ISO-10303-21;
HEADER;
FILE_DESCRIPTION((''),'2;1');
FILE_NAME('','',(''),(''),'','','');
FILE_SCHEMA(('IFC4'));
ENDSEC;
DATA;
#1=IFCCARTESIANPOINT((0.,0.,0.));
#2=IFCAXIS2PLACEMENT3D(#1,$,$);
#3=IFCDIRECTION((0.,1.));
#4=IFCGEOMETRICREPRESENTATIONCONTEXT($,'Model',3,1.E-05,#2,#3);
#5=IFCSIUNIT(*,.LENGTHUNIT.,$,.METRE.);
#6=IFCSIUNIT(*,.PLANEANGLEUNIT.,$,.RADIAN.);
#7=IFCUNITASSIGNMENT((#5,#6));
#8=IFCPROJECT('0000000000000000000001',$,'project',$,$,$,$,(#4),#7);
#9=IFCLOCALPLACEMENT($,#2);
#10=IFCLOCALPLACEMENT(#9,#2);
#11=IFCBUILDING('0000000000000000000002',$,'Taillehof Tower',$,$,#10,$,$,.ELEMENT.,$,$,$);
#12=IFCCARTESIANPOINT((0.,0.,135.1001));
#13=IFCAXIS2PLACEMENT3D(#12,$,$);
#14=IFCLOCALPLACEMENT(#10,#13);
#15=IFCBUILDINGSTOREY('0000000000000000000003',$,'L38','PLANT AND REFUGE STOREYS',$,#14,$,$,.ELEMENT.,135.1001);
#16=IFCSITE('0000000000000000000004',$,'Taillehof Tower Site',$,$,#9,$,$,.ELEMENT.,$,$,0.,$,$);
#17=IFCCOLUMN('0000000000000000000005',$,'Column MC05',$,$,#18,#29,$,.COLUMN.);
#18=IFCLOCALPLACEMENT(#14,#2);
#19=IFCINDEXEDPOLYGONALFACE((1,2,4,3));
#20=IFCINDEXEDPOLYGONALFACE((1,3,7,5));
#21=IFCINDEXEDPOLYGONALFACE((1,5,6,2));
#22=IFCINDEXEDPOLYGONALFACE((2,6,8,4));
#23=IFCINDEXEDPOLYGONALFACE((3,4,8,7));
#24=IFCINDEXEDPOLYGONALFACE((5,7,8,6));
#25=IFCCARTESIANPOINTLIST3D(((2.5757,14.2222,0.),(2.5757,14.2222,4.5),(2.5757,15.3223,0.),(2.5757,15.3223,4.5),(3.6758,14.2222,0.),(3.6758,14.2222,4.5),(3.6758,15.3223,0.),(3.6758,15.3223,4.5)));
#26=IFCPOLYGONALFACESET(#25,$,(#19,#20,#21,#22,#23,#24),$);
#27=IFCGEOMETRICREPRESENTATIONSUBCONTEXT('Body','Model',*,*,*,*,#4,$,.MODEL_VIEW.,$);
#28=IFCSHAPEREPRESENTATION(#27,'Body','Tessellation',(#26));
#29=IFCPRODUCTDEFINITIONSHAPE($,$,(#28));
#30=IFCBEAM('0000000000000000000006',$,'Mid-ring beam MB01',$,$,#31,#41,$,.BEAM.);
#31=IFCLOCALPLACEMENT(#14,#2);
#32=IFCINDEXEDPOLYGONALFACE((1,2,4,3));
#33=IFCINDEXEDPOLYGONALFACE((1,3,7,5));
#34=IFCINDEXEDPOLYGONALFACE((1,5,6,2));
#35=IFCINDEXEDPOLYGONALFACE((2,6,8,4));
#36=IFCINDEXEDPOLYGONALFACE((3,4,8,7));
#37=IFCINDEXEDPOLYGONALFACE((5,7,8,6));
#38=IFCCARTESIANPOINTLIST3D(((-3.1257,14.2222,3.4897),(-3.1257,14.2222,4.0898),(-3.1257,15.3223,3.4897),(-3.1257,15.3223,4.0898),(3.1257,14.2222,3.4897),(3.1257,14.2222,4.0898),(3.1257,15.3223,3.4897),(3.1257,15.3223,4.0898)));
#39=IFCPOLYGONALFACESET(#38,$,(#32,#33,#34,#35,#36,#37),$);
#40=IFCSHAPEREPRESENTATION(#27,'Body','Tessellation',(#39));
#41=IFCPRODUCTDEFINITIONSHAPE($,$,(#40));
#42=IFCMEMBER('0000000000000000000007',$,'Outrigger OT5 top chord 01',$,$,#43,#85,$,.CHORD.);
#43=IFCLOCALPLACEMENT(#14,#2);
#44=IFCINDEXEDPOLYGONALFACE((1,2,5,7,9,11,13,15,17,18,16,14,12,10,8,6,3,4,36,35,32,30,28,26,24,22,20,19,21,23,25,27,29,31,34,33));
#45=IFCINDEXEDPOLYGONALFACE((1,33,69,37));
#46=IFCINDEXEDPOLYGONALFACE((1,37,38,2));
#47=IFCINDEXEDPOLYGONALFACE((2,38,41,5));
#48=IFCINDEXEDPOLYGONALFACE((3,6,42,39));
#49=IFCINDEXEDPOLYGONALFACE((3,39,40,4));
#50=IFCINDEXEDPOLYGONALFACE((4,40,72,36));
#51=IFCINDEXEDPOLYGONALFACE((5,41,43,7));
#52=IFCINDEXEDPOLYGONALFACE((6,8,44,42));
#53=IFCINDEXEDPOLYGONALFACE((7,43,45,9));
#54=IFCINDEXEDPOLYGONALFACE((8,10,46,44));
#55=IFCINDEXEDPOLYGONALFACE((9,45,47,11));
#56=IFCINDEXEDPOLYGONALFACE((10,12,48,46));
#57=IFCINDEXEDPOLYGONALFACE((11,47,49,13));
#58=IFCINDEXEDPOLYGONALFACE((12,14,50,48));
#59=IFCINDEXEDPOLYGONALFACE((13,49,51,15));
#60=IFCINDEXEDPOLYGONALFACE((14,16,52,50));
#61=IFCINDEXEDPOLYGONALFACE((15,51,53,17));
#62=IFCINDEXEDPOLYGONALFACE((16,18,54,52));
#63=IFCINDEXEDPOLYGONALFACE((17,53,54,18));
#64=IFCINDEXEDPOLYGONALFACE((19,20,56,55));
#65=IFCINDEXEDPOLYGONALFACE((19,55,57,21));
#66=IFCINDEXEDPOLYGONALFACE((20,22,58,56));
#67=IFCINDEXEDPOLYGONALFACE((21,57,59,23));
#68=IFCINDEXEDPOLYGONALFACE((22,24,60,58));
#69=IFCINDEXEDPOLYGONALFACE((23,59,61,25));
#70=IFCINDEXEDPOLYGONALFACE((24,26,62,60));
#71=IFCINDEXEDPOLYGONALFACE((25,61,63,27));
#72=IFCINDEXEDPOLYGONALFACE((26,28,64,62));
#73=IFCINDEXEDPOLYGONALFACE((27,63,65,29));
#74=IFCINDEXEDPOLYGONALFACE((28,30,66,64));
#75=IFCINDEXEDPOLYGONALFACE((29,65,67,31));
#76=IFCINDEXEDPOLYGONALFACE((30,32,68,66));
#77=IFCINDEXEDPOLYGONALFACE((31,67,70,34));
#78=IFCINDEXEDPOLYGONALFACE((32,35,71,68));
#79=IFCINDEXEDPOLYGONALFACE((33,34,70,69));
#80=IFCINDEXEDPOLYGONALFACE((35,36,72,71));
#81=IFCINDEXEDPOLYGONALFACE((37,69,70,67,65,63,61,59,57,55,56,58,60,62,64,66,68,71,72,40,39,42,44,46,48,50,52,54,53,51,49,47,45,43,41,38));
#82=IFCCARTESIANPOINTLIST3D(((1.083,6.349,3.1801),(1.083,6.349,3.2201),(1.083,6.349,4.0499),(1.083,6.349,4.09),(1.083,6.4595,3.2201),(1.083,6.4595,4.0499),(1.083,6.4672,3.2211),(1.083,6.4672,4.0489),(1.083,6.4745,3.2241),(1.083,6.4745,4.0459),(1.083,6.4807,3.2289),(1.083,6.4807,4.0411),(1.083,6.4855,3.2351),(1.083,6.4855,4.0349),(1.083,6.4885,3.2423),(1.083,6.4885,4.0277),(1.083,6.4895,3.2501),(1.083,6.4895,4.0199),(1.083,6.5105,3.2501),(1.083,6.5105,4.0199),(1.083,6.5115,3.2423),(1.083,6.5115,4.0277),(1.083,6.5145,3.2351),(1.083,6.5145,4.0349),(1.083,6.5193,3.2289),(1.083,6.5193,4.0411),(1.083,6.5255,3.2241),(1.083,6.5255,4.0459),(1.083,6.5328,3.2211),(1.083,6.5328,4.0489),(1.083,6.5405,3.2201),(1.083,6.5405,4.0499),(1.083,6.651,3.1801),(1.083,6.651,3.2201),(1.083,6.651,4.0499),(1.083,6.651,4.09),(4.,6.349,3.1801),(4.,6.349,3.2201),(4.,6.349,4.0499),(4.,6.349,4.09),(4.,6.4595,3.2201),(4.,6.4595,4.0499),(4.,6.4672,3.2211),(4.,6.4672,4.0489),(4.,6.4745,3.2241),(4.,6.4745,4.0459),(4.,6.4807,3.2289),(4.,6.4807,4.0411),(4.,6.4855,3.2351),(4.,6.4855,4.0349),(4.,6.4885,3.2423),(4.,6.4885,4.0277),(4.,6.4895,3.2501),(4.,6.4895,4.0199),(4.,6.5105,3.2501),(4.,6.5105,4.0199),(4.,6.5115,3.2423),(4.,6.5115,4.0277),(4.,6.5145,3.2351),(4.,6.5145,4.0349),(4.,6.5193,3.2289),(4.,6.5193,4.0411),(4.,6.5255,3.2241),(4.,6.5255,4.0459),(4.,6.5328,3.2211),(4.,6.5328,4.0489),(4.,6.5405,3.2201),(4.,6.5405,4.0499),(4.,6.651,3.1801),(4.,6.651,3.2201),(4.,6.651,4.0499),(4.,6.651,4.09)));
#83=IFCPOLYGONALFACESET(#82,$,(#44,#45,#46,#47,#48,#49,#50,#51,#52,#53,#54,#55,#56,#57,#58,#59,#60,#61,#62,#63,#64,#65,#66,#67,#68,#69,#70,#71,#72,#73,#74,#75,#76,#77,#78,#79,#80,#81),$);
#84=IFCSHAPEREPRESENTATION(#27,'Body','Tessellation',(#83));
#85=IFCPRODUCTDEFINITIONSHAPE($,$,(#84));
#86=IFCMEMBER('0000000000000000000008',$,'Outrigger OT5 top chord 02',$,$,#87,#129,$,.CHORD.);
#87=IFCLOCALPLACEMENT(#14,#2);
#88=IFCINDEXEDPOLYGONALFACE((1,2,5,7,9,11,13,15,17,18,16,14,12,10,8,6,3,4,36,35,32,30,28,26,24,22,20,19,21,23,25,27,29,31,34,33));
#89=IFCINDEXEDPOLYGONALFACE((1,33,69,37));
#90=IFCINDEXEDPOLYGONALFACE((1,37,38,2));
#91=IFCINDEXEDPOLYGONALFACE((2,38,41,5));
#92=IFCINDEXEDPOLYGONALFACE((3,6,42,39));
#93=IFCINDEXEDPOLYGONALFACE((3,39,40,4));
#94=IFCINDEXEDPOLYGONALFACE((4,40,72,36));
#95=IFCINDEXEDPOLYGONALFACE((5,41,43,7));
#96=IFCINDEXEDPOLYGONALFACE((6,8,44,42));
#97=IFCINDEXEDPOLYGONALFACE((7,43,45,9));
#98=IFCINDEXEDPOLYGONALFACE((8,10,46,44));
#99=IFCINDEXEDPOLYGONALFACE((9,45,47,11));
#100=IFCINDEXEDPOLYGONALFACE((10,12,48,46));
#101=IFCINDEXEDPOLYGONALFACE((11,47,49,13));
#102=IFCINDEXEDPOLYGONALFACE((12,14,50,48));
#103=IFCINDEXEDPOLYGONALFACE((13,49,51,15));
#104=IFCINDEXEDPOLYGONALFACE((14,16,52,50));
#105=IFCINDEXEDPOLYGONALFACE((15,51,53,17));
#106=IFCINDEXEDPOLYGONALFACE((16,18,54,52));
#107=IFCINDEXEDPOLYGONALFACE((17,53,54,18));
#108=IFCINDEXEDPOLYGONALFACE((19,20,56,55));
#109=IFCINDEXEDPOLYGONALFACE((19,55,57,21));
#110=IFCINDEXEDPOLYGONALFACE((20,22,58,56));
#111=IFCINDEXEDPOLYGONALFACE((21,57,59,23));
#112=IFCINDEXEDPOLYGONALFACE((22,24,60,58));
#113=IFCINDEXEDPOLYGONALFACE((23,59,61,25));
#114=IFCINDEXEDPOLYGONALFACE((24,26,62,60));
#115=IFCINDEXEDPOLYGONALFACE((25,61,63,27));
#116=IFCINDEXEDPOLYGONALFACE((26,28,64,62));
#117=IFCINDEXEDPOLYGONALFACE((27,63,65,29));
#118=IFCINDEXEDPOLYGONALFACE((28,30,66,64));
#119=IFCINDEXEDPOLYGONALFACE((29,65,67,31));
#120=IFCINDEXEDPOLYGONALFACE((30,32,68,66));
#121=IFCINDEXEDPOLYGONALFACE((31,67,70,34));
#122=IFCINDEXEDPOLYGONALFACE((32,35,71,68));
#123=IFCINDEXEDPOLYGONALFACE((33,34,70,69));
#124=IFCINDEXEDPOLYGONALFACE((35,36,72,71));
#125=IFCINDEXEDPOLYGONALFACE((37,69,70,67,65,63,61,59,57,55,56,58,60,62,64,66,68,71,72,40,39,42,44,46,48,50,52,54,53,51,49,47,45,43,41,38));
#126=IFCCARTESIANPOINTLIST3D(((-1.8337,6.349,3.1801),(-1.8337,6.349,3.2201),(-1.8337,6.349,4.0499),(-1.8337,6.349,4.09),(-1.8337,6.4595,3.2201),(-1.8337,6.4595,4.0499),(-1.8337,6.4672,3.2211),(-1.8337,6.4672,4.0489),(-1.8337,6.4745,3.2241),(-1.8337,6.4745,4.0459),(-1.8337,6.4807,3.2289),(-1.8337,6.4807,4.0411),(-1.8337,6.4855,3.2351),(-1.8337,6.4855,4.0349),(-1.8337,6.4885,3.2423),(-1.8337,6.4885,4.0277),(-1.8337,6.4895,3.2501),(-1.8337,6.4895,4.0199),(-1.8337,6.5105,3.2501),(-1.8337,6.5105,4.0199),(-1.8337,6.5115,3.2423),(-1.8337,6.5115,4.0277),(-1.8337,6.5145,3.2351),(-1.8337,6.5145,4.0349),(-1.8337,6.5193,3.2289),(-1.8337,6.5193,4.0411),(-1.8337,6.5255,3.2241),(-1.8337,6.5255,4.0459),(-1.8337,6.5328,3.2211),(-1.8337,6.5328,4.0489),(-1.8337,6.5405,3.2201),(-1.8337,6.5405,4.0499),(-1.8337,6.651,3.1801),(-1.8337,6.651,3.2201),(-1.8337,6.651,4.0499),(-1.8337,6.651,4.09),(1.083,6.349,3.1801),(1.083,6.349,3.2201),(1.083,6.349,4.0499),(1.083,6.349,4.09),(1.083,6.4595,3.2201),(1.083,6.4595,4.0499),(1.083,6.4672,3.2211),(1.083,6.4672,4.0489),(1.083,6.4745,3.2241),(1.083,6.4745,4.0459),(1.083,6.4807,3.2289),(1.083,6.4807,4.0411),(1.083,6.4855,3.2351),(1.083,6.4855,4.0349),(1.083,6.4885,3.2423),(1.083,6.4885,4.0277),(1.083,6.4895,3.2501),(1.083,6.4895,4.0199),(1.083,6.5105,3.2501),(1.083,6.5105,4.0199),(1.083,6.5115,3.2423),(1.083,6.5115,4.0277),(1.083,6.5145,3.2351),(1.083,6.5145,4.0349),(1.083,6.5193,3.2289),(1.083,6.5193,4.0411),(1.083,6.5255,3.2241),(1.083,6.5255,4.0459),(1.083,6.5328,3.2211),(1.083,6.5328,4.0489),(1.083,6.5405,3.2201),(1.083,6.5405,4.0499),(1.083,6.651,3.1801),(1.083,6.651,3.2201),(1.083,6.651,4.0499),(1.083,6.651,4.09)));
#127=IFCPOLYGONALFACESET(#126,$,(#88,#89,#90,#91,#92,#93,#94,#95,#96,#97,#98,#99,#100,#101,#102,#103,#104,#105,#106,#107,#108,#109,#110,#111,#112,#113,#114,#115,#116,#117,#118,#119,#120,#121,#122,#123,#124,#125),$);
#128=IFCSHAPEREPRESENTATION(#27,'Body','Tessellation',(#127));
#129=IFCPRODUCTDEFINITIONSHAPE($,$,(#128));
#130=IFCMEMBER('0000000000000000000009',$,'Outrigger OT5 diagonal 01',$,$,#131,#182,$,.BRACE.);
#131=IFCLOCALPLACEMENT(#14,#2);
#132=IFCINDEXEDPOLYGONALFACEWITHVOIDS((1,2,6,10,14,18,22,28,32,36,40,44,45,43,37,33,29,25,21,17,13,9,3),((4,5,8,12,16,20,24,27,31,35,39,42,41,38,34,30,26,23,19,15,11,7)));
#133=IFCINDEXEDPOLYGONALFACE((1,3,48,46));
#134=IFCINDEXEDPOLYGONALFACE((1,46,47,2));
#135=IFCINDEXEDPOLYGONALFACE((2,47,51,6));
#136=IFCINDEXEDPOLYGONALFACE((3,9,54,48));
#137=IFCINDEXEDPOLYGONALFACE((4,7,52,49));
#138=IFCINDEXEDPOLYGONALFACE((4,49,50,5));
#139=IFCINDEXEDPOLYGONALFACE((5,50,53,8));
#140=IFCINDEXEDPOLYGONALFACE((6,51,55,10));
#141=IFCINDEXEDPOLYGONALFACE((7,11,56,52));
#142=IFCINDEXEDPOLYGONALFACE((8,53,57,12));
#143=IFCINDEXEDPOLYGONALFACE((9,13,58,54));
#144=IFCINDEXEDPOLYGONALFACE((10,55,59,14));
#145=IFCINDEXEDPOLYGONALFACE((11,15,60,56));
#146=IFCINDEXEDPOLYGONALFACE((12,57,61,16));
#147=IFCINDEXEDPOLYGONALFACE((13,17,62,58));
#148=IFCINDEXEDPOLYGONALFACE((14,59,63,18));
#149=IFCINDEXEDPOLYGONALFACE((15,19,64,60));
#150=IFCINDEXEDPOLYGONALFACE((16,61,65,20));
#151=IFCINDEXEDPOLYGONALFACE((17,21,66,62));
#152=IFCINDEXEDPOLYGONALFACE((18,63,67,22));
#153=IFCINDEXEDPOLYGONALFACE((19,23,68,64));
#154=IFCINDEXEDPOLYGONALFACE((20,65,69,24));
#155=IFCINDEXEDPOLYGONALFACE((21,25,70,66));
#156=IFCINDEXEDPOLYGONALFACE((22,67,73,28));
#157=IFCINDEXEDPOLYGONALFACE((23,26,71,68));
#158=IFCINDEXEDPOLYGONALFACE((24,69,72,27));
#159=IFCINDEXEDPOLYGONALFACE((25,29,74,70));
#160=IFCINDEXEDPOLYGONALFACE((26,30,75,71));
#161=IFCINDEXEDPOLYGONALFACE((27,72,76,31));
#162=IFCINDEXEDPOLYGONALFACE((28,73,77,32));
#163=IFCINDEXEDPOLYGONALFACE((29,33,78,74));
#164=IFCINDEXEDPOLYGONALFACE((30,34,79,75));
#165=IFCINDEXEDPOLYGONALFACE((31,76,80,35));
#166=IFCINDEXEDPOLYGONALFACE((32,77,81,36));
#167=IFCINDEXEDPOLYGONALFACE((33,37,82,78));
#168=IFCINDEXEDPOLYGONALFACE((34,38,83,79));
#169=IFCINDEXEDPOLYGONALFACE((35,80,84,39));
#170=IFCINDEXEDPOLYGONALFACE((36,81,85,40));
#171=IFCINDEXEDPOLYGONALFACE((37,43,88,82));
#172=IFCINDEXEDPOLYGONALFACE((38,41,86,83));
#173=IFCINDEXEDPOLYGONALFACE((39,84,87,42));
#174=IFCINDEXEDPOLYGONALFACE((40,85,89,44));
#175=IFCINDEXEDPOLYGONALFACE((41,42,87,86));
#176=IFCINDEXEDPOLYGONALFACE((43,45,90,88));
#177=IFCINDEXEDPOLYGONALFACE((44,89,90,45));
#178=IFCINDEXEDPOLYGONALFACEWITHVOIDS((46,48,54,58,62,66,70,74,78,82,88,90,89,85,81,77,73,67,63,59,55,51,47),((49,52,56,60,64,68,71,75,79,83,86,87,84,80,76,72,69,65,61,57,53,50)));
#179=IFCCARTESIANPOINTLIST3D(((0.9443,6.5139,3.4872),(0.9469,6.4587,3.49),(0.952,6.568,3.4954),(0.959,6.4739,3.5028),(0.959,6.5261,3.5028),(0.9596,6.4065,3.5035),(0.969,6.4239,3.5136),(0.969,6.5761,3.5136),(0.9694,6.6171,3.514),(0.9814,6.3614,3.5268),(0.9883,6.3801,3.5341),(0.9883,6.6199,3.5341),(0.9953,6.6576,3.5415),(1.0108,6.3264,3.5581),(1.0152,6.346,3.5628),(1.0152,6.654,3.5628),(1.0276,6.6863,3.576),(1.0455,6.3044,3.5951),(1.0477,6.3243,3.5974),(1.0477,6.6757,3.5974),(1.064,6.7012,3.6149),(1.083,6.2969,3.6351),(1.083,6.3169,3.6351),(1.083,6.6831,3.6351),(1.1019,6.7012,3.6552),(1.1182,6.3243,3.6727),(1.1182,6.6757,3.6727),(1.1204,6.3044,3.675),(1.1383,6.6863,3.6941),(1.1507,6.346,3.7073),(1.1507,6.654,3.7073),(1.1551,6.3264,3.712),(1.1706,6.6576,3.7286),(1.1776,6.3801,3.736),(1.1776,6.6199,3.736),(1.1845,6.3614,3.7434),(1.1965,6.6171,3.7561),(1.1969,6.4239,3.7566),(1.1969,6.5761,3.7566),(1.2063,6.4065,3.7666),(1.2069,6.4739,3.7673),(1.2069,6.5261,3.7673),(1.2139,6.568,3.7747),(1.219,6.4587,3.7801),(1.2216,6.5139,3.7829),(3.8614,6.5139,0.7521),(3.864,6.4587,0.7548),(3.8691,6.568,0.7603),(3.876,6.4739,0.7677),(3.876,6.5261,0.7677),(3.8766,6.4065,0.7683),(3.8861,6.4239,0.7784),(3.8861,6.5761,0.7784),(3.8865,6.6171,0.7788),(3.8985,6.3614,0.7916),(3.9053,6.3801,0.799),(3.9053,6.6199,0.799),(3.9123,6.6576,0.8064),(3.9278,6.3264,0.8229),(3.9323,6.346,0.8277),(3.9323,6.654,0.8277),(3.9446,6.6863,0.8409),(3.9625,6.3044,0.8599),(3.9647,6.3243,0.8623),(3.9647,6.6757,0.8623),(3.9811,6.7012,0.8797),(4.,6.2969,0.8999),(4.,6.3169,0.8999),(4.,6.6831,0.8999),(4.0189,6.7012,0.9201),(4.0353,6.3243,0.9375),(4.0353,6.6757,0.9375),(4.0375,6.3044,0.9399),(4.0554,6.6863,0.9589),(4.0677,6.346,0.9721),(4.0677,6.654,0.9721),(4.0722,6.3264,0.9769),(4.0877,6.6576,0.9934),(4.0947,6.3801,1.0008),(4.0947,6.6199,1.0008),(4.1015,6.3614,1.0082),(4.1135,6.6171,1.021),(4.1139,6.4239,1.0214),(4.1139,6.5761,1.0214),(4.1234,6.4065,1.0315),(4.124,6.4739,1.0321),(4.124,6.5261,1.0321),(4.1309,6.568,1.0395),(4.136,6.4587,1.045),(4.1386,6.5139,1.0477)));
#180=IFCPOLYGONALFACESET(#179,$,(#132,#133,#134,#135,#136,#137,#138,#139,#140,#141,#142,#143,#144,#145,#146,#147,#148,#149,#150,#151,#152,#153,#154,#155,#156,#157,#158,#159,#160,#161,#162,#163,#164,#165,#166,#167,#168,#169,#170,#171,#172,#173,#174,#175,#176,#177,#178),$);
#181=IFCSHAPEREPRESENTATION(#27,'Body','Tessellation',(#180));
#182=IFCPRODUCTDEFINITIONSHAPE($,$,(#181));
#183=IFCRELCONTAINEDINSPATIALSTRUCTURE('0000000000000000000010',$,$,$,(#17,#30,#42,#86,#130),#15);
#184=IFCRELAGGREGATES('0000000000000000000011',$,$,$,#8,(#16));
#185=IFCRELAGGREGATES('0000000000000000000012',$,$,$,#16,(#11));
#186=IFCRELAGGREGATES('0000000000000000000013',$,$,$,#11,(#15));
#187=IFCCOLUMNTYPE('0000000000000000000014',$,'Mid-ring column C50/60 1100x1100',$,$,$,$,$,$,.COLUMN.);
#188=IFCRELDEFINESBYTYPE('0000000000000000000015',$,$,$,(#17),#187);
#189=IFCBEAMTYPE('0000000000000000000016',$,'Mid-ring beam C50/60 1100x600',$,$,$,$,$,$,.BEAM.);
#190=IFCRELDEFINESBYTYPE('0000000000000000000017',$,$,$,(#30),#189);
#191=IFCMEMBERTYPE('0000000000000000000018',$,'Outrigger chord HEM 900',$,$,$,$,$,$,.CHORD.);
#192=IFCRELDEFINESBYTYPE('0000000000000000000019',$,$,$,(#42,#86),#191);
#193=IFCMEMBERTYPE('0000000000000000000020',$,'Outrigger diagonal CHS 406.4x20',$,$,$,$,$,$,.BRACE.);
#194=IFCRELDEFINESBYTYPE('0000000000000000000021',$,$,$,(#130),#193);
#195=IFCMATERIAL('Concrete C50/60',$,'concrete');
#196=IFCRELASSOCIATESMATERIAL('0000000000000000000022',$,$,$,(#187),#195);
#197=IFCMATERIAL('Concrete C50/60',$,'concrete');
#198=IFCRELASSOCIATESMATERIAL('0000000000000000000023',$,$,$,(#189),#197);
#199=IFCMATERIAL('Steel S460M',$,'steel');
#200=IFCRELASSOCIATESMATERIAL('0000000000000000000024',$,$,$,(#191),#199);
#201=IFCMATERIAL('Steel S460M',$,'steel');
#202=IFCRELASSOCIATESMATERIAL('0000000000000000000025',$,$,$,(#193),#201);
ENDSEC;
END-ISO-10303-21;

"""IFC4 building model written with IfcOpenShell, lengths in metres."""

from ifc_helpers import new_model, si_unit, direction, frame, origin, origin_2d, place, context, subcontext, project, spatial, rectangle, hollow_circle, i_section, extrude, material, material_profile, profile_set, type_object, element, save


model = new_model("IFC4")

# Units and contexts
model_context = context("Model", 3, precision=1e-05, world=origin(), true_north=direction((0.0, 1.0)))
body_context = subcontext(model_context, "Body", "Model", "MODEL_VIEW")
ifc_project = project(units=[si_unit("LENGTHUNIT", "METRE"), si_unit("PLANEANGLEUNIT", "RADIAN")], contexts=[model_context])

# Site, building, storey
site_placement = place(None, origin())
site = spatial("IfcSite", under=ifc_project, at=site_placement, Name="Taillehof Tower Site", CompositionType="ELEMENT", RefElevation=0.0)
building_placement = place(site_placement, origin())
building = spatial("IfcBuilding", under=site, at=building_placement, Name="Taillehof Tower", CompositionType="ELEMENT")
storey_placement = place(building_placement, frame((0.0, 0.0, 135.1001)))
storey = spatial("IfcBuildingStorey", under=building, at=storey_placement, Name="L38", Description="PLANT AND REFUGE STOREYS", CompositionType="ELEMENT", Elevation=135.1001)

# Column
ifc_material_1 = material(Name="Concrete C50/60", Category="concrete")
ifc_material_profile_1 = material_profile(ifc_material_1, rectangle(XDim=1.1001, YDim=1.1001, at=origin_2d()), Name="RC 1100x1100")
ifc_profile_set_1 = profile_set([ifc_material_profile_1], Name="Concrete C50/60")
column_type = type_object("IfcColumnType", Name="Mid-ring column C50/60 1100x1100", PredefinedType="COLUMN", material=ifc_profile_set_1)
column_placement = place(storey_placement, frame((3.1257, 14.7722, 0.0), z_axis=(0.0, 0.0, 1.0), x_axis=(1.0, 0.0, 0.0)))
element("IfcColumn", 1, at=column_placement, inside=storey, type_object=column_type, Name="Column MC05", PredefinedType="COLUMN", context=body_context, shape_type="SweptSolid", body=[
    extrude(rectangle(XDim=1.1001, YDim=1.1001, at=origin_2d()), origin(), (0.0, 0.0, 1.0), 4.5),
])

# Beam
ifc_material_2 = material(Name="Concrete C50/60", Category="concrete")
ifc_material_profile_2 = material_profile(ifc_material_2, rectangle(XDim=1.1001, YDim=0.6001, at=origin_2d()), Name="RC 1100x600")
ifc_profile_set_2 = profile_set([ifc_material_profile_2], Name="Concrete C50/60")
beam_type_1 = type_object("IfcBeamType", Name="Mid-ring beam C50/60 1100x600", PredefinedType="BEAM", material=ifc_profile_set_2)
beam_1_placement = place(storey_placement, frame((3.1257, 14.7722, 3.7898), z_axis=(-1.0, 0.0, 0.0), x_axis=(0.0, -1.0, 0.0)))
element("IfcBeam", 2, at=beam_1_placement, inside=storey, type_object=beam_type_1, Name="Mid-ring beam MB01", PredefinedType="BEAM", context=body_context, shape_type="SweptSolid", body=[
    extrude(rectangle(XDim=1.1001, YDim=0.6001, at=origin_2d()), origin(), (0.0, 0.0, 1.0), 6.2515),
])

# Members
ifc_material_3 = material(Name="Steel S460M", Category="steel")
ifc_material_profile_3 = material_profile(ifc_material_3, i_section(OverallWidth=0.302, OverallDepth=0.9099, WebThickness=0.021, FlangeThickness=0.04, FilletRadius=0.03, at=origin_2d()), Name="HEM 900")
ifc_profile_set_3 = profile_set([ifc_material_profile_3], Name="Steel S460M")
member_type_1 = type_object("IfcMemberType", Name="Outrigger chord HEM 900", PredefinedType="CHORD", material=ifc_profile_set_3)
member_1_placement = place(storey_placement, frame((4.0, 6.5, 3.635), z_axis=(-1.0, 0.0, 0.0), x_axis=(0.0, -1.0, 0.0)))
element("IfcMember", 3, at=member_1_placement, inside=storey, type_object=member_type_1, Name="Outrigger OT5 top chord 01", PredefinedType="CHORD", context=body_context, shape_type="SweptSolid", body=[
    extrude(i_section(OverallWidth=0.302, OverallDepth=0.9099, WebThickness=0.021, FlangeThickness=0.04, FilletRadius=0.03, at=origin_2d()), origin(), (0.0, 0.0, 1.0), 2.917),
])
member_2_placement = place(storey_placement, frame((1.083, 6.5, 3.635), z_axis=(-1.0, 0.0, 0.0), x_axis=(0.0, -1.0, 0.0)))
element("IfcMember", 4, at=member_2_placement, inside=storey, type_object=member_type_1, Name="Outrigger OT5 top chord 02", PredefinedType="CHORD", context=body_context, shape_type="SweptSolid", body=[
    extrude(i_section(OverallWidth=0.302, OverallDepth=0.9099, WebThickness=0.021, FlangeThickness=0.04, FilletRadius=0.03, at=origin_2d()), origin(), (0.0, 0.0, 1.0), 2.9167),
])
ifc_material_4 = material(Name="Steel S460M", Category="steel")
ifc_material_profile_4 = material_profile(ifc_material_4, hollow_circle(Radius=0.2031, WallThickness=0.02, at=origin_2d()), Name="CHS 406.4x20")
ifc_profile_set_4 = profile_set([ifc_material_profile_4], Name="Steel S460M")
member_type_2 = type_object("IfcMemberType", Name="Outrigger diagonal CHS 406.4x20", PredefinedType="BRACE", material=ifc_profile_set_4)
member_3_placement = place(storey_placement, frame((4.0, 6.5, 0.8999), z_axis=(-0.729484, 0.0, 0.683998), x_axis=(0.0, -1.0, 0.0)))
element("IfcMember", 5, at=member_3_placement, inside=storey, type_object=member_type_2, Name="Outrigger OT5 diagonal 01", PredefinedType="BRACE", context=body_context, shape_type="SweptSolid", body=[
    extrude(hollow_circle(Radius=0.2031, WallThickness=0.02, at=origin_2d()), origin(), (0.0, 0.0, 1.0), 3.9988),
])

save(model, "model.ifc")
